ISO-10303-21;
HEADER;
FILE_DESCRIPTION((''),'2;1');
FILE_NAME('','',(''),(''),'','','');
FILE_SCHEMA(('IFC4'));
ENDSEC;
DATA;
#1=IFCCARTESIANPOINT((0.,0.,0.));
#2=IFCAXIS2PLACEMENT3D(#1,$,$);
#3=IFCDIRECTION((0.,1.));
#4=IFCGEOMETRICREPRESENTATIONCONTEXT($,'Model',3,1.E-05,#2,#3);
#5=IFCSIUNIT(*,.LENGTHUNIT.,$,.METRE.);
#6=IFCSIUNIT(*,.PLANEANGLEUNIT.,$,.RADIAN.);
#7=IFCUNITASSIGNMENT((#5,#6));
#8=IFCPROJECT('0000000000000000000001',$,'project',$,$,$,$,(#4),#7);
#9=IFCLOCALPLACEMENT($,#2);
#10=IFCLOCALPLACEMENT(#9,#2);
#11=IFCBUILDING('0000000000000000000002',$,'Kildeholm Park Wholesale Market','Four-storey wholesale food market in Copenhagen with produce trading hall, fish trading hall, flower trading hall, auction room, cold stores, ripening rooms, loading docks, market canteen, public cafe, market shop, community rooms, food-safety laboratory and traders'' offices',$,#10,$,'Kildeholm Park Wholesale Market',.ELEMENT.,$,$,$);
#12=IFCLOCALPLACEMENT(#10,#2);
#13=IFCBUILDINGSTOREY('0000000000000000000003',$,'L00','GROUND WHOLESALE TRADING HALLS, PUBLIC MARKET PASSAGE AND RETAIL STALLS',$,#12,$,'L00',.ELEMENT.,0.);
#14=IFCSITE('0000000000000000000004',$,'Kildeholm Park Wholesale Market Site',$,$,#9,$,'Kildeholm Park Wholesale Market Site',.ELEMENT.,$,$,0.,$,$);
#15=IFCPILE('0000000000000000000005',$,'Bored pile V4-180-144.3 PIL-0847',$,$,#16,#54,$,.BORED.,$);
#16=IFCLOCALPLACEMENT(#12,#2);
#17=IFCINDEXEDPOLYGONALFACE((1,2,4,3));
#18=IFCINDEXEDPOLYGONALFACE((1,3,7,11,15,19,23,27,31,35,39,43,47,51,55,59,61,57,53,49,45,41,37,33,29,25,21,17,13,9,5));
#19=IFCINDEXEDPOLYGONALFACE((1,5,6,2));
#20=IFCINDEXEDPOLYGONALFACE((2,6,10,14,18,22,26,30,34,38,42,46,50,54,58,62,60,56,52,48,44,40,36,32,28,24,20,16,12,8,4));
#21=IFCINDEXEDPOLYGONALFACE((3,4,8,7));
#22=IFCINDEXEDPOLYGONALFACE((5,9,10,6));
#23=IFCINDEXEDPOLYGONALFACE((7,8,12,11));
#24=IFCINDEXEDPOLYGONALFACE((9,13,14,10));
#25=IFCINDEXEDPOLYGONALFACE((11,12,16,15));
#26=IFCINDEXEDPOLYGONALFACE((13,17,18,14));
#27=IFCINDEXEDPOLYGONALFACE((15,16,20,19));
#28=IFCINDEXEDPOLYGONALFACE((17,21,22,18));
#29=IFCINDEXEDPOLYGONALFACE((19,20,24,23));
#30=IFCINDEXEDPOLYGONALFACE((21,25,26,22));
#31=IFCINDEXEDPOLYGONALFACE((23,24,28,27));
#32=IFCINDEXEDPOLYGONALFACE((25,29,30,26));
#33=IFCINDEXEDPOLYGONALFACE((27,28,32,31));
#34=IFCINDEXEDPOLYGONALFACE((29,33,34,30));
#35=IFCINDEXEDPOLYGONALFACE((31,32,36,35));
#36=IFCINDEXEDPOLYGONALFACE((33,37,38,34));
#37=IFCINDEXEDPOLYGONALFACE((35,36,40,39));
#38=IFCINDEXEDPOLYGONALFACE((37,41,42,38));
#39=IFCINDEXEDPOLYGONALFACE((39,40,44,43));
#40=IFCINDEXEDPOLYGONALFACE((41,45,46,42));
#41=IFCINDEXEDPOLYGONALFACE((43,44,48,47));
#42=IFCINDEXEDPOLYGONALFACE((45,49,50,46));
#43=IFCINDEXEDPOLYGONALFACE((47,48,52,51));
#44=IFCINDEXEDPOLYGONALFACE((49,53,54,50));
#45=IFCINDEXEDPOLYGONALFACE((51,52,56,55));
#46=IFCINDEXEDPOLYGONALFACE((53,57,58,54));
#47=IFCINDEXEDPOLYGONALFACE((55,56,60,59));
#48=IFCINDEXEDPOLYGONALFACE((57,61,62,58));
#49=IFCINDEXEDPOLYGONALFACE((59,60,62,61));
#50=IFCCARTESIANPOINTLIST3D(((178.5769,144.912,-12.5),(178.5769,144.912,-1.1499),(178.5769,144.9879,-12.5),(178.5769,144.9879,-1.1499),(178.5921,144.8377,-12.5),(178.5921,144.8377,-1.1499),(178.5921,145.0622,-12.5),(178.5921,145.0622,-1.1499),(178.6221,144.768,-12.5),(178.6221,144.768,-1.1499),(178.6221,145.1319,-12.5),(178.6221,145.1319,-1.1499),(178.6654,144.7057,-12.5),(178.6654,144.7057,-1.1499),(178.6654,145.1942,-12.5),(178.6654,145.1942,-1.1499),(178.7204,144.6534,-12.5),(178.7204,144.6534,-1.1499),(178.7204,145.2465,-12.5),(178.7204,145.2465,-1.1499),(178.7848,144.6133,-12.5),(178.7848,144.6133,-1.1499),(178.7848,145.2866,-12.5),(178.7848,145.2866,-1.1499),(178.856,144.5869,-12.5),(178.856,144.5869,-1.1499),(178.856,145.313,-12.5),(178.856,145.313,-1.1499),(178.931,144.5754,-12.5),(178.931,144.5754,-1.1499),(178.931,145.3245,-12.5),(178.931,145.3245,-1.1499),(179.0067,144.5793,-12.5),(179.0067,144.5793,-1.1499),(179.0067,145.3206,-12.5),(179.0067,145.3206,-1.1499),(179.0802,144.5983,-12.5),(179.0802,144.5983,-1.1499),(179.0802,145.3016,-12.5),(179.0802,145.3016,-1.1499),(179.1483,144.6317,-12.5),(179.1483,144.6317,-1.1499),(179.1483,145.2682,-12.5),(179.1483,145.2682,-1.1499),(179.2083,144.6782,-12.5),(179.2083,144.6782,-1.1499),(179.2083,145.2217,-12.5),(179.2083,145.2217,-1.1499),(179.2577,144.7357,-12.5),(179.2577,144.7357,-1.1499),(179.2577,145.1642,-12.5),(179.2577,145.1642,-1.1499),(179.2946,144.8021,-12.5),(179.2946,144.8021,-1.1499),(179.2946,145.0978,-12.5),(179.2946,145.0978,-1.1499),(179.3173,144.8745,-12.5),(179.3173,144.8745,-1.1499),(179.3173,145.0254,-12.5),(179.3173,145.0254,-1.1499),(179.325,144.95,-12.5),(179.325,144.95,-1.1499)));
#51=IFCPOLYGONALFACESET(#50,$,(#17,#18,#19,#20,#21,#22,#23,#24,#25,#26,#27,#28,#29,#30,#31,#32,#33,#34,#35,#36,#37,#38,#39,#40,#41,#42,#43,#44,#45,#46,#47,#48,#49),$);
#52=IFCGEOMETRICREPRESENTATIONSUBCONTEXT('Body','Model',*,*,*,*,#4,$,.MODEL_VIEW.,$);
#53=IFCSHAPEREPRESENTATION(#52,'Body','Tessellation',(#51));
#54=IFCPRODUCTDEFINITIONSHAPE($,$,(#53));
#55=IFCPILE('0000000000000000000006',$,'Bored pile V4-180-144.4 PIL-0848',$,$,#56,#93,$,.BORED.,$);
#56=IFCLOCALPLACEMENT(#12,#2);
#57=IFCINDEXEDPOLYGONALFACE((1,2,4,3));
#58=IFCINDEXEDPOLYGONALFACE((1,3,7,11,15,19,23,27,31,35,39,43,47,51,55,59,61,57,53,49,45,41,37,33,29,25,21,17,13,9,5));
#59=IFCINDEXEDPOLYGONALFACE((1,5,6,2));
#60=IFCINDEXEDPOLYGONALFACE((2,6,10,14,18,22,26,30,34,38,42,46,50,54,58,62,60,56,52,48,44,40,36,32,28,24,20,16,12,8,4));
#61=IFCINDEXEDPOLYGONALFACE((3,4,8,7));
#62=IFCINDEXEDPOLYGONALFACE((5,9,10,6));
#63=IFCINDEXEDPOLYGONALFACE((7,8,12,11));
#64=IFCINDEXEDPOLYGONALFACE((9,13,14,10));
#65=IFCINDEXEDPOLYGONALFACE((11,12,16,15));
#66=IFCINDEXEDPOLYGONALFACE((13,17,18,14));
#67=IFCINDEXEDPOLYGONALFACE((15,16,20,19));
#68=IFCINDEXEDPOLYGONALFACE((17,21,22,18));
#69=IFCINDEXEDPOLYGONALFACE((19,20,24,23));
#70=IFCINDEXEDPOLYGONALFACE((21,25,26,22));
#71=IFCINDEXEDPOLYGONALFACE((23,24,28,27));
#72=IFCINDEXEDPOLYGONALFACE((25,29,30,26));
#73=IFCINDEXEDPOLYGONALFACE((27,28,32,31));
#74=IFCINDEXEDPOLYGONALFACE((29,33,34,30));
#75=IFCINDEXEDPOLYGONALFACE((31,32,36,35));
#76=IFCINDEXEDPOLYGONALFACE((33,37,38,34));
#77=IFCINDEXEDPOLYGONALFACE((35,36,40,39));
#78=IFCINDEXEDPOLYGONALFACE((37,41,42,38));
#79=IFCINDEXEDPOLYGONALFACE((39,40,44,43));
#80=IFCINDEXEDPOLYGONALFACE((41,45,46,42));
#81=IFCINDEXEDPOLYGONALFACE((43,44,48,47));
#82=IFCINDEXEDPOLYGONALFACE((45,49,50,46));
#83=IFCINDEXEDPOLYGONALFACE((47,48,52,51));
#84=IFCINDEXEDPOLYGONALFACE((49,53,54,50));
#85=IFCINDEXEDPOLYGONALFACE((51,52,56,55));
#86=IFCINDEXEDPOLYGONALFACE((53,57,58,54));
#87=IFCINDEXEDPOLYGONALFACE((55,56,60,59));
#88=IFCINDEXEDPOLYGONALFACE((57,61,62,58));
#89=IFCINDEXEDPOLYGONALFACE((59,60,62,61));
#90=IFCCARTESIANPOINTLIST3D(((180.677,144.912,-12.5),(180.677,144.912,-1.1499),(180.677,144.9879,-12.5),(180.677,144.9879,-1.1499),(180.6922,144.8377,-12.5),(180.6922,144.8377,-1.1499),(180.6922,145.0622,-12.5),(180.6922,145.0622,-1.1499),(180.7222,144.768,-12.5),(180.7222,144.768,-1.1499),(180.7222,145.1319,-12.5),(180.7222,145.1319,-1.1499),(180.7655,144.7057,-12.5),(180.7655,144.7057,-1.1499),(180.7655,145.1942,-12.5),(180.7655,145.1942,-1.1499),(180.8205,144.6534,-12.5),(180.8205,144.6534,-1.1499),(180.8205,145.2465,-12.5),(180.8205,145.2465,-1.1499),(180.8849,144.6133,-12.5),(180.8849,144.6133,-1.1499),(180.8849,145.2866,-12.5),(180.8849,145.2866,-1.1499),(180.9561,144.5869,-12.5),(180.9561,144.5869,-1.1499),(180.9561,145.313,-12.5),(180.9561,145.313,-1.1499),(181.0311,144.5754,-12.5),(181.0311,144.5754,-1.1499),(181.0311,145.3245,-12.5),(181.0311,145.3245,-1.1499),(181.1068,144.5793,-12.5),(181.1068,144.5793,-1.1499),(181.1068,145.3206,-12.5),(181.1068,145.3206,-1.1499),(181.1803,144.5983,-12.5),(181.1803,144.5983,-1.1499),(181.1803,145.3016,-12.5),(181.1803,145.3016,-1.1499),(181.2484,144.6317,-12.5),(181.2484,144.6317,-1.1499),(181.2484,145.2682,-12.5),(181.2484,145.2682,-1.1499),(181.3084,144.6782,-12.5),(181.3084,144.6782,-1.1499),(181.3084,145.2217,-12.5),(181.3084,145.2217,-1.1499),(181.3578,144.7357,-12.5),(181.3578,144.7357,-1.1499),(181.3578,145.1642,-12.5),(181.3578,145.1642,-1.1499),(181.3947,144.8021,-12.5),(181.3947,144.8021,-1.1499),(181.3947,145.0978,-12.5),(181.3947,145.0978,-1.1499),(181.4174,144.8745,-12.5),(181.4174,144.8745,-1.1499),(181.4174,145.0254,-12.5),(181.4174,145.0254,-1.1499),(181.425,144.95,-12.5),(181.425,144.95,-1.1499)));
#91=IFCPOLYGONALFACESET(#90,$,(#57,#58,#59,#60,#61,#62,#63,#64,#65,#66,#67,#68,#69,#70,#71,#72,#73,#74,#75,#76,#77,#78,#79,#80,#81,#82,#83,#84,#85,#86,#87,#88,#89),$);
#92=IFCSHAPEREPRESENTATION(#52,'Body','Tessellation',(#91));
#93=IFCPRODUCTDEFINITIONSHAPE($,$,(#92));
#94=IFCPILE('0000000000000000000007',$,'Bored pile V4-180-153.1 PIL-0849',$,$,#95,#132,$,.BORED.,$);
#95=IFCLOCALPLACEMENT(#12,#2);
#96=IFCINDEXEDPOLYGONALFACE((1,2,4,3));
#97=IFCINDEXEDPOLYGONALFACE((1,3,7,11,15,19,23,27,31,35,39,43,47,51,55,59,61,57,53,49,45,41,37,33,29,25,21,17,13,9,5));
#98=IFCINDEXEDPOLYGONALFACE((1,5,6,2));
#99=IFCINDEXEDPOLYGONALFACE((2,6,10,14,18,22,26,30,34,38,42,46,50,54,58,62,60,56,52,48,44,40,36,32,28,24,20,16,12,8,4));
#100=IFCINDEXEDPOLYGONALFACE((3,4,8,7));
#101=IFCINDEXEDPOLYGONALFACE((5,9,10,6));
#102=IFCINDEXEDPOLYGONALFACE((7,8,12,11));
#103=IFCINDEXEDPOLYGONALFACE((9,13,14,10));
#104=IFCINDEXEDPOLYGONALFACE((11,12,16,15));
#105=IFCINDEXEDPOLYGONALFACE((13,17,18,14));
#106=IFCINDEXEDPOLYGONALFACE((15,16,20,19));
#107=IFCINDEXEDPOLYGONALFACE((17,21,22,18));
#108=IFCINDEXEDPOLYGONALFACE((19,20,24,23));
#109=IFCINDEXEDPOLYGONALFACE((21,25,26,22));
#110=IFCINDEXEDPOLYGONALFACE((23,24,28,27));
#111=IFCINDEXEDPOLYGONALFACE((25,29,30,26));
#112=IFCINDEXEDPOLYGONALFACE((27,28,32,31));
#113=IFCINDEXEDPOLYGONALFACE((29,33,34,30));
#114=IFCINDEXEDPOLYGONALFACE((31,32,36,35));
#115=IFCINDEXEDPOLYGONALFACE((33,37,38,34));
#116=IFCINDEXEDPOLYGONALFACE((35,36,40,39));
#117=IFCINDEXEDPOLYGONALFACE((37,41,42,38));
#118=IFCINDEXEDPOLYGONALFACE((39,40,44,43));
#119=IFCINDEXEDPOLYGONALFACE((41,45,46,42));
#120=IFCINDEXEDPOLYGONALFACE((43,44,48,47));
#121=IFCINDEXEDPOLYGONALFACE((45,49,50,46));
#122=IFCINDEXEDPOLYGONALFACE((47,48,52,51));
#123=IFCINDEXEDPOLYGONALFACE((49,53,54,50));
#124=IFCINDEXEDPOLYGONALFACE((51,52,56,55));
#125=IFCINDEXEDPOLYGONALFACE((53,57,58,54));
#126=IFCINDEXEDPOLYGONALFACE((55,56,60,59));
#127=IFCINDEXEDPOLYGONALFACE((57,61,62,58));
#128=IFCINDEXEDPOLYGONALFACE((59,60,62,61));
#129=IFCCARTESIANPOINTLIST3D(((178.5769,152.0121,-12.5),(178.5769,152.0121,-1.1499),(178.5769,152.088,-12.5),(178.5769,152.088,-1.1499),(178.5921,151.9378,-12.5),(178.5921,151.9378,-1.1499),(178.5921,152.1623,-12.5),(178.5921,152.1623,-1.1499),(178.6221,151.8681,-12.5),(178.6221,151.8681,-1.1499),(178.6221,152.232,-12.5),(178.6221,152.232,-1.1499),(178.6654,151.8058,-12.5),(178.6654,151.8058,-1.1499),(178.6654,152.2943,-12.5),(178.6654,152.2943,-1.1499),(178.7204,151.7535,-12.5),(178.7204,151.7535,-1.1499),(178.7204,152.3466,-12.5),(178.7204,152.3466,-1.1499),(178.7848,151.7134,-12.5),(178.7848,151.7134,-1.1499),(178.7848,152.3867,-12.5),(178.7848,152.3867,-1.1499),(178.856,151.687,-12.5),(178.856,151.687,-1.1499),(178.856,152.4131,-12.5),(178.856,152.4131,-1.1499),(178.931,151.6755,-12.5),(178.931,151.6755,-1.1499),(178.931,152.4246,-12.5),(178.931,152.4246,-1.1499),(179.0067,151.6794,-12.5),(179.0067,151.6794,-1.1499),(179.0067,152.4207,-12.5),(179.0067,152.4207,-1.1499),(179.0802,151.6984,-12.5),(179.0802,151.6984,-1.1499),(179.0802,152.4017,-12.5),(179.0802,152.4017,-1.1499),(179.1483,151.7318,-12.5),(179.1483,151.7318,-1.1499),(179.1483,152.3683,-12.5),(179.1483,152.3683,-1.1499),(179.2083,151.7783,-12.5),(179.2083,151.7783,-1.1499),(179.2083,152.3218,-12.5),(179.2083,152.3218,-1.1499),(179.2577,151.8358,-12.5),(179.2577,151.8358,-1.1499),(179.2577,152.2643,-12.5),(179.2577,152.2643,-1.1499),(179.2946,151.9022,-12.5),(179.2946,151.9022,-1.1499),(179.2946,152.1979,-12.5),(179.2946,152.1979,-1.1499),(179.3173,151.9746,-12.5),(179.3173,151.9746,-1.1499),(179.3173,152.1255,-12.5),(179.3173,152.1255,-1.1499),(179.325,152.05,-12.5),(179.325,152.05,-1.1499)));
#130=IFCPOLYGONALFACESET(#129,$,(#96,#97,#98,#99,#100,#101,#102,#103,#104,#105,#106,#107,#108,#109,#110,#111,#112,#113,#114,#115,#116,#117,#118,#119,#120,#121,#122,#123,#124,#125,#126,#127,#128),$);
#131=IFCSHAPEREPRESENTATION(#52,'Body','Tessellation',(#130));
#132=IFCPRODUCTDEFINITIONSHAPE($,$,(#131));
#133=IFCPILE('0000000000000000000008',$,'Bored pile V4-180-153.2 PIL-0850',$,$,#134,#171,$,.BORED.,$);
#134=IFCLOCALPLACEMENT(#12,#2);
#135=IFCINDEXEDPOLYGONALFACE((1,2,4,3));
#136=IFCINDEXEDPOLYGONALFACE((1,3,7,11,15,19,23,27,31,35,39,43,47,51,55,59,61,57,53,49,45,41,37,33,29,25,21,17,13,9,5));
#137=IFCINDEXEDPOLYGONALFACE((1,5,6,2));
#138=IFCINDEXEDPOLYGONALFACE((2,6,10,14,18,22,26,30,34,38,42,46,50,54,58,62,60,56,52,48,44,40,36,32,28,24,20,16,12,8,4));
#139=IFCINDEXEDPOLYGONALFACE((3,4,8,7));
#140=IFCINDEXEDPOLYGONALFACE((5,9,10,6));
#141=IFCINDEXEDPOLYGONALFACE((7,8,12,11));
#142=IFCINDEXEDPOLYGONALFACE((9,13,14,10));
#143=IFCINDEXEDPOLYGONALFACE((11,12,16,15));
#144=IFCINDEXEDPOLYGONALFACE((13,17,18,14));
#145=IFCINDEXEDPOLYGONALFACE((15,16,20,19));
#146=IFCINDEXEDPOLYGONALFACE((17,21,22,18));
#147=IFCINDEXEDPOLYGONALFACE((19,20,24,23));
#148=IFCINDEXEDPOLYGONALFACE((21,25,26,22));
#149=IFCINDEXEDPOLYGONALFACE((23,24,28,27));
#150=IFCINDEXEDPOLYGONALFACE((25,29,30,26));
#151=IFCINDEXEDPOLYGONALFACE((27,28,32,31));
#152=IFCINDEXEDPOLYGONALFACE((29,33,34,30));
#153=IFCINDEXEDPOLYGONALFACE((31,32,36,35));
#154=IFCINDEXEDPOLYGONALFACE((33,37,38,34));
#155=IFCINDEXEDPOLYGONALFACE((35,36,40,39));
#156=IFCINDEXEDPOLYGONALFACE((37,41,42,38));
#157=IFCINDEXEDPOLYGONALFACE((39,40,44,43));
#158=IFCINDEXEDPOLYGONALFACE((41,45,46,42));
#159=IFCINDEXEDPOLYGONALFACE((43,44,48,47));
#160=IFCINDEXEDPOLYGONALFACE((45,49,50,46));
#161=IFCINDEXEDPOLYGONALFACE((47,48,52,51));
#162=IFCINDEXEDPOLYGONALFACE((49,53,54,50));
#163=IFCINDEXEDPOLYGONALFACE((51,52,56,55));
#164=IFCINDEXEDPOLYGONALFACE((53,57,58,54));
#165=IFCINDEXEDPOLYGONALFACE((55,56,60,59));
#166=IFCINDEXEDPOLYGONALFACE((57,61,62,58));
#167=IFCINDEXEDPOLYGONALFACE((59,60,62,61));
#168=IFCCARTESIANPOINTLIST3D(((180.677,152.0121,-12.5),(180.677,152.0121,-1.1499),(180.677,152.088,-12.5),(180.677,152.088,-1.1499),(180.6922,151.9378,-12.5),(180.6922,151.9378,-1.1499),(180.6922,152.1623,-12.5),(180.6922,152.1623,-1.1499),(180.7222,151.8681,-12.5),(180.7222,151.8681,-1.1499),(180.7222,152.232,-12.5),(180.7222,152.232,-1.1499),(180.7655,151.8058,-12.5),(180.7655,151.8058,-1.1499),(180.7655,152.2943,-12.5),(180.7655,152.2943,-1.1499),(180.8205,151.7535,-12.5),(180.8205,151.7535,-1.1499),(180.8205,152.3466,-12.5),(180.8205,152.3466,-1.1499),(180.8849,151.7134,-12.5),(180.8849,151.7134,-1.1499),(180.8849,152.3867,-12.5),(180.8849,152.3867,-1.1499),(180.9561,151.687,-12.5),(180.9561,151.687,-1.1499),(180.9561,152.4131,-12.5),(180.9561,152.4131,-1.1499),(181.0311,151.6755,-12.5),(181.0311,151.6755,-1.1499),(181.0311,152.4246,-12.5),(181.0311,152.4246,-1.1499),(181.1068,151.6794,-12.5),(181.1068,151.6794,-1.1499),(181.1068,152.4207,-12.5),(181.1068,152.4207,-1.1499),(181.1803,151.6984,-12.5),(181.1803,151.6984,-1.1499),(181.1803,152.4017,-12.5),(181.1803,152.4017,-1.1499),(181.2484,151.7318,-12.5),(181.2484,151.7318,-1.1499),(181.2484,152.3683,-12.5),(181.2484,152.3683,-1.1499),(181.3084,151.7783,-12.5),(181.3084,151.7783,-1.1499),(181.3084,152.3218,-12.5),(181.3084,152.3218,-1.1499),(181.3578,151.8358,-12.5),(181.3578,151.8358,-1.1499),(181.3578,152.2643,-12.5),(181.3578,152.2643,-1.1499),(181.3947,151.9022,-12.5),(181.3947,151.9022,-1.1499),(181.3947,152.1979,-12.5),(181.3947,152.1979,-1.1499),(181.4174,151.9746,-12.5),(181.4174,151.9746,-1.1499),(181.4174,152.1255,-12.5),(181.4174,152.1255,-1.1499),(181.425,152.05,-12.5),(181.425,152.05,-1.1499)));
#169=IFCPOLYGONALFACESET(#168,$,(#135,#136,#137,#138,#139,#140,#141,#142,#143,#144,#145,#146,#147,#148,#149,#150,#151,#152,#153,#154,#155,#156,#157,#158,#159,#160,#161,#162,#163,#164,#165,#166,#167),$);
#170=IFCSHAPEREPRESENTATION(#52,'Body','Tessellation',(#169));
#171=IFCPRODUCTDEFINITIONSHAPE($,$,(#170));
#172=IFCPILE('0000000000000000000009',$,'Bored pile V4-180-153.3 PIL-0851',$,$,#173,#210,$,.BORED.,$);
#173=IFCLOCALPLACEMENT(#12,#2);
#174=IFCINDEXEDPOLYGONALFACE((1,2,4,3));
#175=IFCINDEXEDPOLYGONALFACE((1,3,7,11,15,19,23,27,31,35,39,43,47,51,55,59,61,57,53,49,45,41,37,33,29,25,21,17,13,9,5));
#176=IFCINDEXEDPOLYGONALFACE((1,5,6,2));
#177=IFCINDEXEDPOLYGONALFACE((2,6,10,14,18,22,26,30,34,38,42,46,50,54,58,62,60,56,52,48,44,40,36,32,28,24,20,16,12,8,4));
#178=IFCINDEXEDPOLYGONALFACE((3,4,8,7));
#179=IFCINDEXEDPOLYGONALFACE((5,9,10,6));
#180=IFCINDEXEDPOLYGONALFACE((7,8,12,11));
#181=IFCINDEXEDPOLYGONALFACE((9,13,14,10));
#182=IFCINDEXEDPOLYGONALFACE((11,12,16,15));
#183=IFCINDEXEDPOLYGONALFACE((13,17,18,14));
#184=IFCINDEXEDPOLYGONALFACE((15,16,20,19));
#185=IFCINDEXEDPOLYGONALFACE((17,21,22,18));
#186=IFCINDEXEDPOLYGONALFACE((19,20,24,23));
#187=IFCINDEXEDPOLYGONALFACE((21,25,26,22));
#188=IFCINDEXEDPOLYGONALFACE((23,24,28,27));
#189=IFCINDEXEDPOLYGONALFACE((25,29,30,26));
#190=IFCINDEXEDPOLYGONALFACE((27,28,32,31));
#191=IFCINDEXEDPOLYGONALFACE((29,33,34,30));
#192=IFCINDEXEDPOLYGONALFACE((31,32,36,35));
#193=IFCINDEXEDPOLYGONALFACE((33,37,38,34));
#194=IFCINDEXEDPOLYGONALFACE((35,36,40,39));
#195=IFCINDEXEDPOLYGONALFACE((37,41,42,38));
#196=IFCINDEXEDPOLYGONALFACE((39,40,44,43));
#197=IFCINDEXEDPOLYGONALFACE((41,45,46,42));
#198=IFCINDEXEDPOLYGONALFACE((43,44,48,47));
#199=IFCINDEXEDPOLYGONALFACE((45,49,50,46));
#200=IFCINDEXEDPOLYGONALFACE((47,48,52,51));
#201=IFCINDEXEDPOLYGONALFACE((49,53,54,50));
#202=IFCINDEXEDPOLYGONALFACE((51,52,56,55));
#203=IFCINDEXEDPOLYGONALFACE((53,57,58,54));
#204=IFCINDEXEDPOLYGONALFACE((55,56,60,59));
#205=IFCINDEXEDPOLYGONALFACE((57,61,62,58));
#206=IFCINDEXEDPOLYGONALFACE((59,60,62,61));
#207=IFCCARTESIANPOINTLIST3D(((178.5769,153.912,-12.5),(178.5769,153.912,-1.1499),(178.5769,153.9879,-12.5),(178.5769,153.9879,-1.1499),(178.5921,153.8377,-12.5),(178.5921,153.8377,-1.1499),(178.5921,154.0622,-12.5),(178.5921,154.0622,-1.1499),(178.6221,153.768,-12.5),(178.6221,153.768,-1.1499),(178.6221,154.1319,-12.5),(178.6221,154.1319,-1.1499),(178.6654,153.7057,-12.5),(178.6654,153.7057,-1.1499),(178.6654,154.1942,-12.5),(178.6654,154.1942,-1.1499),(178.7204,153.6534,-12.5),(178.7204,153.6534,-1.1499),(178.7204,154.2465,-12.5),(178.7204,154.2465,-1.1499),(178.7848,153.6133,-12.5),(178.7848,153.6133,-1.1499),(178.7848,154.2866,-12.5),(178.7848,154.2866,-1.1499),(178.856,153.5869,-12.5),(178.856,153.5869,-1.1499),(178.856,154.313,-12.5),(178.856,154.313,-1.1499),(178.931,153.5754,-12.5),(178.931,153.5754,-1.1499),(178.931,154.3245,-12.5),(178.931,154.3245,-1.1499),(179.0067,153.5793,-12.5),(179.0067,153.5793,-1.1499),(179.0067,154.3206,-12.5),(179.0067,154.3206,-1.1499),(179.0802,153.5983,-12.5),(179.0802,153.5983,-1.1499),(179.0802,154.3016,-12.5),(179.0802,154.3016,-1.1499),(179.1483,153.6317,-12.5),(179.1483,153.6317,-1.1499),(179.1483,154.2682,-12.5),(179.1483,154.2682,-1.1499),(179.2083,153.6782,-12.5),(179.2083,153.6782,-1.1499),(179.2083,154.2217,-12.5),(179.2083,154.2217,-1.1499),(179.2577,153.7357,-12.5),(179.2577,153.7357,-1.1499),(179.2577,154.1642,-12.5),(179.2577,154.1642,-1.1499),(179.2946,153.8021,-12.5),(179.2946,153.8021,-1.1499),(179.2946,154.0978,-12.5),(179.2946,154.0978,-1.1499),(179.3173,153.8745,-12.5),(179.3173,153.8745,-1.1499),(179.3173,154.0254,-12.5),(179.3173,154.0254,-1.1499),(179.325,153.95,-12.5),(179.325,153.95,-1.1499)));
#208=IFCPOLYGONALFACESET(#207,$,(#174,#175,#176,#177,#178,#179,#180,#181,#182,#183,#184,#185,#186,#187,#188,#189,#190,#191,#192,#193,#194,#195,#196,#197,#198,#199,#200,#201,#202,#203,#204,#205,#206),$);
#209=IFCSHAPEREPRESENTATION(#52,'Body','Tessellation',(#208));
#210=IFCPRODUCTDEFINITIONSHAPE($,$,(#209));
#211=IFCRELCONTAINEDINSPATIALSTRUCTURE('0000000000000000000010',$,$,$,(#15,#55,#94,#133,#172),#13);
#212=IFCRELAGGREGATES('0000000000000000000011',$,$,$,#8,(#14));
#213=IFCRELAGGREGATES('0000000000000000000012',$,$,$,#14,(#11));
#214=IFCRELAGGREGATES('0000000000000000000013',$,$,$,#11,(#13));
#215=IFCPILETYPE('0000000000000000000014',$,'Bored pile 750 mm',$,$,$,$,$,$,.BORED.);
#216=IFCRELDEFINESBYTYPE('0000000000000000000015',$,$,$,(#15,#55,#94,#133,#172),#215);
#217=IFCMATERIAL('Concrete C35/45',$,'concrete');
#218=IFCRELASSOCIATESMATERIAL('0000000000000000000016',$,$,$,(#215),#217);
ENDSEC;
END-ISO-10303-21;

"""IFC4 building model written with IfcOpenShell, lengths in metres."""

from ifc_helpers import new_model, si_unit, direction, frame, origin, origin_2d, place, context, subcontext, project, spatial, circle, extrude, material, material_profile, profile_set, type_object, element, save


model = new_model("IFC4")

# Units and contexts
model_context = context("Model", 3, precision=1e-05, world=origin(), true_north=direction((0.0, 1.0)))
body_context = subcontext(model_context, "Body", "Model", "MODEL_VIEW")
ifc_project = project(units=[si_unit("LENGTHUNIT", "METRE"), si_unit("PLANEANGLEUNIT", "RADIAN")], contexts=[model_context])

# Site, building, storey
site_placement = place(None, origin())
site = spatial("IfcSite", under=ifc_project, at=site_placement, Name="Kildeholm Park Wholesale Market Site", LongName="Kildeholm Park Wholesale Market Site", CompositionType="ELEMENT", RefElevation=0.0)
building_placement = place(site_placement, origin())
building = spatial("IfcBuilding", under=site, at=building_placement, Name="Kildeholm Park Wholesale Market", Description="Four-storey wholesale food market in Copenhagen with produce trading hall, fish trading hall, flower trading hall, auction room, cold stores, ripening rooms, loading docks, market canteen, public cafe, market shop, community rooms, food-safety laboratory and traders' offices", LongName="Kildeholm Park Wholesale Market", CompositionType="ELEMENT")
storey_placement = place(building_placement, origin())
storey = spatial("IfcBuildingStorey", under=building, at=storey_placement, Name="L00", Description="GROUND WHOLESALE TRADING HALLS, PUBLIC MARKET PASSAGE AND RETAIL STALLS", LongName="L00", CompositionType="ELEMENT", Elevation=0.0)

# Piles
ifc_material_1 = material(Name="Concrete C35/45", Category="concrete")
ifc_material_profile_1 = material_profile(ifc_material_1, circle(Radius=0.375, at=origin_2d()), Name="PILE D750")
ifc_profile_set_1 = profile_set([ifc_material_profile_1], Name="Concrete C35/45")
pile_type = type_object("IfcPileType", Name="Bored pile 750 mm", PredefinedType="BORED", material=ifc_profile_set_1)
for number, where, z_axis, x_axis, name in (
    (1, (178.95, 144.95, -1.1499), (0.0, 0.0, -1.0), (1.0, 0.0, 0.0), "Bored pile V4-180-144.3 PIL-0847"),
    (2, (181.05, 144.95, -1.1499), (0.0, 0.0, -1.0), (1.0, 0.0, 0.0), "Bored pile V4-180-144.4 PIL-0848"),
    (3, (178.95, 152.05, -1.1499), (0.0, 0.0, -1.0), (1.0, 0.0, 0.0), "Bored pile V4-180-153.1 PIL-0849"),
    (4, (181.05, 152.05, -1.1499), (0.0, 0.0, -1.0), (1.0, 0.0, 0.0), "Bored pile V4-180-153.2 PIL-0850"),
    (5, (178.95, 153.95, -1.1499), (0.0, 0.0, -1.0), (1.0, 0.0, 0.0), "Bored pile V4-180-153.3 PIL-0851"),
):
    element("IfcPile", number, at=place(storey_placement, frame(where, z_axis=z_axis, x_axis=x_axis)), inside=storey, type_object=pile_type, Name=name, PredefinedType="BORED", context=body_context, shape_type="SweptSolid", body=[
        extrude(circle(Radius=0.375, at=origin_2d()), origin(), (0.0, 0.0, 1.0), 11.3501),
    ])

save(model, "model.ifc")
